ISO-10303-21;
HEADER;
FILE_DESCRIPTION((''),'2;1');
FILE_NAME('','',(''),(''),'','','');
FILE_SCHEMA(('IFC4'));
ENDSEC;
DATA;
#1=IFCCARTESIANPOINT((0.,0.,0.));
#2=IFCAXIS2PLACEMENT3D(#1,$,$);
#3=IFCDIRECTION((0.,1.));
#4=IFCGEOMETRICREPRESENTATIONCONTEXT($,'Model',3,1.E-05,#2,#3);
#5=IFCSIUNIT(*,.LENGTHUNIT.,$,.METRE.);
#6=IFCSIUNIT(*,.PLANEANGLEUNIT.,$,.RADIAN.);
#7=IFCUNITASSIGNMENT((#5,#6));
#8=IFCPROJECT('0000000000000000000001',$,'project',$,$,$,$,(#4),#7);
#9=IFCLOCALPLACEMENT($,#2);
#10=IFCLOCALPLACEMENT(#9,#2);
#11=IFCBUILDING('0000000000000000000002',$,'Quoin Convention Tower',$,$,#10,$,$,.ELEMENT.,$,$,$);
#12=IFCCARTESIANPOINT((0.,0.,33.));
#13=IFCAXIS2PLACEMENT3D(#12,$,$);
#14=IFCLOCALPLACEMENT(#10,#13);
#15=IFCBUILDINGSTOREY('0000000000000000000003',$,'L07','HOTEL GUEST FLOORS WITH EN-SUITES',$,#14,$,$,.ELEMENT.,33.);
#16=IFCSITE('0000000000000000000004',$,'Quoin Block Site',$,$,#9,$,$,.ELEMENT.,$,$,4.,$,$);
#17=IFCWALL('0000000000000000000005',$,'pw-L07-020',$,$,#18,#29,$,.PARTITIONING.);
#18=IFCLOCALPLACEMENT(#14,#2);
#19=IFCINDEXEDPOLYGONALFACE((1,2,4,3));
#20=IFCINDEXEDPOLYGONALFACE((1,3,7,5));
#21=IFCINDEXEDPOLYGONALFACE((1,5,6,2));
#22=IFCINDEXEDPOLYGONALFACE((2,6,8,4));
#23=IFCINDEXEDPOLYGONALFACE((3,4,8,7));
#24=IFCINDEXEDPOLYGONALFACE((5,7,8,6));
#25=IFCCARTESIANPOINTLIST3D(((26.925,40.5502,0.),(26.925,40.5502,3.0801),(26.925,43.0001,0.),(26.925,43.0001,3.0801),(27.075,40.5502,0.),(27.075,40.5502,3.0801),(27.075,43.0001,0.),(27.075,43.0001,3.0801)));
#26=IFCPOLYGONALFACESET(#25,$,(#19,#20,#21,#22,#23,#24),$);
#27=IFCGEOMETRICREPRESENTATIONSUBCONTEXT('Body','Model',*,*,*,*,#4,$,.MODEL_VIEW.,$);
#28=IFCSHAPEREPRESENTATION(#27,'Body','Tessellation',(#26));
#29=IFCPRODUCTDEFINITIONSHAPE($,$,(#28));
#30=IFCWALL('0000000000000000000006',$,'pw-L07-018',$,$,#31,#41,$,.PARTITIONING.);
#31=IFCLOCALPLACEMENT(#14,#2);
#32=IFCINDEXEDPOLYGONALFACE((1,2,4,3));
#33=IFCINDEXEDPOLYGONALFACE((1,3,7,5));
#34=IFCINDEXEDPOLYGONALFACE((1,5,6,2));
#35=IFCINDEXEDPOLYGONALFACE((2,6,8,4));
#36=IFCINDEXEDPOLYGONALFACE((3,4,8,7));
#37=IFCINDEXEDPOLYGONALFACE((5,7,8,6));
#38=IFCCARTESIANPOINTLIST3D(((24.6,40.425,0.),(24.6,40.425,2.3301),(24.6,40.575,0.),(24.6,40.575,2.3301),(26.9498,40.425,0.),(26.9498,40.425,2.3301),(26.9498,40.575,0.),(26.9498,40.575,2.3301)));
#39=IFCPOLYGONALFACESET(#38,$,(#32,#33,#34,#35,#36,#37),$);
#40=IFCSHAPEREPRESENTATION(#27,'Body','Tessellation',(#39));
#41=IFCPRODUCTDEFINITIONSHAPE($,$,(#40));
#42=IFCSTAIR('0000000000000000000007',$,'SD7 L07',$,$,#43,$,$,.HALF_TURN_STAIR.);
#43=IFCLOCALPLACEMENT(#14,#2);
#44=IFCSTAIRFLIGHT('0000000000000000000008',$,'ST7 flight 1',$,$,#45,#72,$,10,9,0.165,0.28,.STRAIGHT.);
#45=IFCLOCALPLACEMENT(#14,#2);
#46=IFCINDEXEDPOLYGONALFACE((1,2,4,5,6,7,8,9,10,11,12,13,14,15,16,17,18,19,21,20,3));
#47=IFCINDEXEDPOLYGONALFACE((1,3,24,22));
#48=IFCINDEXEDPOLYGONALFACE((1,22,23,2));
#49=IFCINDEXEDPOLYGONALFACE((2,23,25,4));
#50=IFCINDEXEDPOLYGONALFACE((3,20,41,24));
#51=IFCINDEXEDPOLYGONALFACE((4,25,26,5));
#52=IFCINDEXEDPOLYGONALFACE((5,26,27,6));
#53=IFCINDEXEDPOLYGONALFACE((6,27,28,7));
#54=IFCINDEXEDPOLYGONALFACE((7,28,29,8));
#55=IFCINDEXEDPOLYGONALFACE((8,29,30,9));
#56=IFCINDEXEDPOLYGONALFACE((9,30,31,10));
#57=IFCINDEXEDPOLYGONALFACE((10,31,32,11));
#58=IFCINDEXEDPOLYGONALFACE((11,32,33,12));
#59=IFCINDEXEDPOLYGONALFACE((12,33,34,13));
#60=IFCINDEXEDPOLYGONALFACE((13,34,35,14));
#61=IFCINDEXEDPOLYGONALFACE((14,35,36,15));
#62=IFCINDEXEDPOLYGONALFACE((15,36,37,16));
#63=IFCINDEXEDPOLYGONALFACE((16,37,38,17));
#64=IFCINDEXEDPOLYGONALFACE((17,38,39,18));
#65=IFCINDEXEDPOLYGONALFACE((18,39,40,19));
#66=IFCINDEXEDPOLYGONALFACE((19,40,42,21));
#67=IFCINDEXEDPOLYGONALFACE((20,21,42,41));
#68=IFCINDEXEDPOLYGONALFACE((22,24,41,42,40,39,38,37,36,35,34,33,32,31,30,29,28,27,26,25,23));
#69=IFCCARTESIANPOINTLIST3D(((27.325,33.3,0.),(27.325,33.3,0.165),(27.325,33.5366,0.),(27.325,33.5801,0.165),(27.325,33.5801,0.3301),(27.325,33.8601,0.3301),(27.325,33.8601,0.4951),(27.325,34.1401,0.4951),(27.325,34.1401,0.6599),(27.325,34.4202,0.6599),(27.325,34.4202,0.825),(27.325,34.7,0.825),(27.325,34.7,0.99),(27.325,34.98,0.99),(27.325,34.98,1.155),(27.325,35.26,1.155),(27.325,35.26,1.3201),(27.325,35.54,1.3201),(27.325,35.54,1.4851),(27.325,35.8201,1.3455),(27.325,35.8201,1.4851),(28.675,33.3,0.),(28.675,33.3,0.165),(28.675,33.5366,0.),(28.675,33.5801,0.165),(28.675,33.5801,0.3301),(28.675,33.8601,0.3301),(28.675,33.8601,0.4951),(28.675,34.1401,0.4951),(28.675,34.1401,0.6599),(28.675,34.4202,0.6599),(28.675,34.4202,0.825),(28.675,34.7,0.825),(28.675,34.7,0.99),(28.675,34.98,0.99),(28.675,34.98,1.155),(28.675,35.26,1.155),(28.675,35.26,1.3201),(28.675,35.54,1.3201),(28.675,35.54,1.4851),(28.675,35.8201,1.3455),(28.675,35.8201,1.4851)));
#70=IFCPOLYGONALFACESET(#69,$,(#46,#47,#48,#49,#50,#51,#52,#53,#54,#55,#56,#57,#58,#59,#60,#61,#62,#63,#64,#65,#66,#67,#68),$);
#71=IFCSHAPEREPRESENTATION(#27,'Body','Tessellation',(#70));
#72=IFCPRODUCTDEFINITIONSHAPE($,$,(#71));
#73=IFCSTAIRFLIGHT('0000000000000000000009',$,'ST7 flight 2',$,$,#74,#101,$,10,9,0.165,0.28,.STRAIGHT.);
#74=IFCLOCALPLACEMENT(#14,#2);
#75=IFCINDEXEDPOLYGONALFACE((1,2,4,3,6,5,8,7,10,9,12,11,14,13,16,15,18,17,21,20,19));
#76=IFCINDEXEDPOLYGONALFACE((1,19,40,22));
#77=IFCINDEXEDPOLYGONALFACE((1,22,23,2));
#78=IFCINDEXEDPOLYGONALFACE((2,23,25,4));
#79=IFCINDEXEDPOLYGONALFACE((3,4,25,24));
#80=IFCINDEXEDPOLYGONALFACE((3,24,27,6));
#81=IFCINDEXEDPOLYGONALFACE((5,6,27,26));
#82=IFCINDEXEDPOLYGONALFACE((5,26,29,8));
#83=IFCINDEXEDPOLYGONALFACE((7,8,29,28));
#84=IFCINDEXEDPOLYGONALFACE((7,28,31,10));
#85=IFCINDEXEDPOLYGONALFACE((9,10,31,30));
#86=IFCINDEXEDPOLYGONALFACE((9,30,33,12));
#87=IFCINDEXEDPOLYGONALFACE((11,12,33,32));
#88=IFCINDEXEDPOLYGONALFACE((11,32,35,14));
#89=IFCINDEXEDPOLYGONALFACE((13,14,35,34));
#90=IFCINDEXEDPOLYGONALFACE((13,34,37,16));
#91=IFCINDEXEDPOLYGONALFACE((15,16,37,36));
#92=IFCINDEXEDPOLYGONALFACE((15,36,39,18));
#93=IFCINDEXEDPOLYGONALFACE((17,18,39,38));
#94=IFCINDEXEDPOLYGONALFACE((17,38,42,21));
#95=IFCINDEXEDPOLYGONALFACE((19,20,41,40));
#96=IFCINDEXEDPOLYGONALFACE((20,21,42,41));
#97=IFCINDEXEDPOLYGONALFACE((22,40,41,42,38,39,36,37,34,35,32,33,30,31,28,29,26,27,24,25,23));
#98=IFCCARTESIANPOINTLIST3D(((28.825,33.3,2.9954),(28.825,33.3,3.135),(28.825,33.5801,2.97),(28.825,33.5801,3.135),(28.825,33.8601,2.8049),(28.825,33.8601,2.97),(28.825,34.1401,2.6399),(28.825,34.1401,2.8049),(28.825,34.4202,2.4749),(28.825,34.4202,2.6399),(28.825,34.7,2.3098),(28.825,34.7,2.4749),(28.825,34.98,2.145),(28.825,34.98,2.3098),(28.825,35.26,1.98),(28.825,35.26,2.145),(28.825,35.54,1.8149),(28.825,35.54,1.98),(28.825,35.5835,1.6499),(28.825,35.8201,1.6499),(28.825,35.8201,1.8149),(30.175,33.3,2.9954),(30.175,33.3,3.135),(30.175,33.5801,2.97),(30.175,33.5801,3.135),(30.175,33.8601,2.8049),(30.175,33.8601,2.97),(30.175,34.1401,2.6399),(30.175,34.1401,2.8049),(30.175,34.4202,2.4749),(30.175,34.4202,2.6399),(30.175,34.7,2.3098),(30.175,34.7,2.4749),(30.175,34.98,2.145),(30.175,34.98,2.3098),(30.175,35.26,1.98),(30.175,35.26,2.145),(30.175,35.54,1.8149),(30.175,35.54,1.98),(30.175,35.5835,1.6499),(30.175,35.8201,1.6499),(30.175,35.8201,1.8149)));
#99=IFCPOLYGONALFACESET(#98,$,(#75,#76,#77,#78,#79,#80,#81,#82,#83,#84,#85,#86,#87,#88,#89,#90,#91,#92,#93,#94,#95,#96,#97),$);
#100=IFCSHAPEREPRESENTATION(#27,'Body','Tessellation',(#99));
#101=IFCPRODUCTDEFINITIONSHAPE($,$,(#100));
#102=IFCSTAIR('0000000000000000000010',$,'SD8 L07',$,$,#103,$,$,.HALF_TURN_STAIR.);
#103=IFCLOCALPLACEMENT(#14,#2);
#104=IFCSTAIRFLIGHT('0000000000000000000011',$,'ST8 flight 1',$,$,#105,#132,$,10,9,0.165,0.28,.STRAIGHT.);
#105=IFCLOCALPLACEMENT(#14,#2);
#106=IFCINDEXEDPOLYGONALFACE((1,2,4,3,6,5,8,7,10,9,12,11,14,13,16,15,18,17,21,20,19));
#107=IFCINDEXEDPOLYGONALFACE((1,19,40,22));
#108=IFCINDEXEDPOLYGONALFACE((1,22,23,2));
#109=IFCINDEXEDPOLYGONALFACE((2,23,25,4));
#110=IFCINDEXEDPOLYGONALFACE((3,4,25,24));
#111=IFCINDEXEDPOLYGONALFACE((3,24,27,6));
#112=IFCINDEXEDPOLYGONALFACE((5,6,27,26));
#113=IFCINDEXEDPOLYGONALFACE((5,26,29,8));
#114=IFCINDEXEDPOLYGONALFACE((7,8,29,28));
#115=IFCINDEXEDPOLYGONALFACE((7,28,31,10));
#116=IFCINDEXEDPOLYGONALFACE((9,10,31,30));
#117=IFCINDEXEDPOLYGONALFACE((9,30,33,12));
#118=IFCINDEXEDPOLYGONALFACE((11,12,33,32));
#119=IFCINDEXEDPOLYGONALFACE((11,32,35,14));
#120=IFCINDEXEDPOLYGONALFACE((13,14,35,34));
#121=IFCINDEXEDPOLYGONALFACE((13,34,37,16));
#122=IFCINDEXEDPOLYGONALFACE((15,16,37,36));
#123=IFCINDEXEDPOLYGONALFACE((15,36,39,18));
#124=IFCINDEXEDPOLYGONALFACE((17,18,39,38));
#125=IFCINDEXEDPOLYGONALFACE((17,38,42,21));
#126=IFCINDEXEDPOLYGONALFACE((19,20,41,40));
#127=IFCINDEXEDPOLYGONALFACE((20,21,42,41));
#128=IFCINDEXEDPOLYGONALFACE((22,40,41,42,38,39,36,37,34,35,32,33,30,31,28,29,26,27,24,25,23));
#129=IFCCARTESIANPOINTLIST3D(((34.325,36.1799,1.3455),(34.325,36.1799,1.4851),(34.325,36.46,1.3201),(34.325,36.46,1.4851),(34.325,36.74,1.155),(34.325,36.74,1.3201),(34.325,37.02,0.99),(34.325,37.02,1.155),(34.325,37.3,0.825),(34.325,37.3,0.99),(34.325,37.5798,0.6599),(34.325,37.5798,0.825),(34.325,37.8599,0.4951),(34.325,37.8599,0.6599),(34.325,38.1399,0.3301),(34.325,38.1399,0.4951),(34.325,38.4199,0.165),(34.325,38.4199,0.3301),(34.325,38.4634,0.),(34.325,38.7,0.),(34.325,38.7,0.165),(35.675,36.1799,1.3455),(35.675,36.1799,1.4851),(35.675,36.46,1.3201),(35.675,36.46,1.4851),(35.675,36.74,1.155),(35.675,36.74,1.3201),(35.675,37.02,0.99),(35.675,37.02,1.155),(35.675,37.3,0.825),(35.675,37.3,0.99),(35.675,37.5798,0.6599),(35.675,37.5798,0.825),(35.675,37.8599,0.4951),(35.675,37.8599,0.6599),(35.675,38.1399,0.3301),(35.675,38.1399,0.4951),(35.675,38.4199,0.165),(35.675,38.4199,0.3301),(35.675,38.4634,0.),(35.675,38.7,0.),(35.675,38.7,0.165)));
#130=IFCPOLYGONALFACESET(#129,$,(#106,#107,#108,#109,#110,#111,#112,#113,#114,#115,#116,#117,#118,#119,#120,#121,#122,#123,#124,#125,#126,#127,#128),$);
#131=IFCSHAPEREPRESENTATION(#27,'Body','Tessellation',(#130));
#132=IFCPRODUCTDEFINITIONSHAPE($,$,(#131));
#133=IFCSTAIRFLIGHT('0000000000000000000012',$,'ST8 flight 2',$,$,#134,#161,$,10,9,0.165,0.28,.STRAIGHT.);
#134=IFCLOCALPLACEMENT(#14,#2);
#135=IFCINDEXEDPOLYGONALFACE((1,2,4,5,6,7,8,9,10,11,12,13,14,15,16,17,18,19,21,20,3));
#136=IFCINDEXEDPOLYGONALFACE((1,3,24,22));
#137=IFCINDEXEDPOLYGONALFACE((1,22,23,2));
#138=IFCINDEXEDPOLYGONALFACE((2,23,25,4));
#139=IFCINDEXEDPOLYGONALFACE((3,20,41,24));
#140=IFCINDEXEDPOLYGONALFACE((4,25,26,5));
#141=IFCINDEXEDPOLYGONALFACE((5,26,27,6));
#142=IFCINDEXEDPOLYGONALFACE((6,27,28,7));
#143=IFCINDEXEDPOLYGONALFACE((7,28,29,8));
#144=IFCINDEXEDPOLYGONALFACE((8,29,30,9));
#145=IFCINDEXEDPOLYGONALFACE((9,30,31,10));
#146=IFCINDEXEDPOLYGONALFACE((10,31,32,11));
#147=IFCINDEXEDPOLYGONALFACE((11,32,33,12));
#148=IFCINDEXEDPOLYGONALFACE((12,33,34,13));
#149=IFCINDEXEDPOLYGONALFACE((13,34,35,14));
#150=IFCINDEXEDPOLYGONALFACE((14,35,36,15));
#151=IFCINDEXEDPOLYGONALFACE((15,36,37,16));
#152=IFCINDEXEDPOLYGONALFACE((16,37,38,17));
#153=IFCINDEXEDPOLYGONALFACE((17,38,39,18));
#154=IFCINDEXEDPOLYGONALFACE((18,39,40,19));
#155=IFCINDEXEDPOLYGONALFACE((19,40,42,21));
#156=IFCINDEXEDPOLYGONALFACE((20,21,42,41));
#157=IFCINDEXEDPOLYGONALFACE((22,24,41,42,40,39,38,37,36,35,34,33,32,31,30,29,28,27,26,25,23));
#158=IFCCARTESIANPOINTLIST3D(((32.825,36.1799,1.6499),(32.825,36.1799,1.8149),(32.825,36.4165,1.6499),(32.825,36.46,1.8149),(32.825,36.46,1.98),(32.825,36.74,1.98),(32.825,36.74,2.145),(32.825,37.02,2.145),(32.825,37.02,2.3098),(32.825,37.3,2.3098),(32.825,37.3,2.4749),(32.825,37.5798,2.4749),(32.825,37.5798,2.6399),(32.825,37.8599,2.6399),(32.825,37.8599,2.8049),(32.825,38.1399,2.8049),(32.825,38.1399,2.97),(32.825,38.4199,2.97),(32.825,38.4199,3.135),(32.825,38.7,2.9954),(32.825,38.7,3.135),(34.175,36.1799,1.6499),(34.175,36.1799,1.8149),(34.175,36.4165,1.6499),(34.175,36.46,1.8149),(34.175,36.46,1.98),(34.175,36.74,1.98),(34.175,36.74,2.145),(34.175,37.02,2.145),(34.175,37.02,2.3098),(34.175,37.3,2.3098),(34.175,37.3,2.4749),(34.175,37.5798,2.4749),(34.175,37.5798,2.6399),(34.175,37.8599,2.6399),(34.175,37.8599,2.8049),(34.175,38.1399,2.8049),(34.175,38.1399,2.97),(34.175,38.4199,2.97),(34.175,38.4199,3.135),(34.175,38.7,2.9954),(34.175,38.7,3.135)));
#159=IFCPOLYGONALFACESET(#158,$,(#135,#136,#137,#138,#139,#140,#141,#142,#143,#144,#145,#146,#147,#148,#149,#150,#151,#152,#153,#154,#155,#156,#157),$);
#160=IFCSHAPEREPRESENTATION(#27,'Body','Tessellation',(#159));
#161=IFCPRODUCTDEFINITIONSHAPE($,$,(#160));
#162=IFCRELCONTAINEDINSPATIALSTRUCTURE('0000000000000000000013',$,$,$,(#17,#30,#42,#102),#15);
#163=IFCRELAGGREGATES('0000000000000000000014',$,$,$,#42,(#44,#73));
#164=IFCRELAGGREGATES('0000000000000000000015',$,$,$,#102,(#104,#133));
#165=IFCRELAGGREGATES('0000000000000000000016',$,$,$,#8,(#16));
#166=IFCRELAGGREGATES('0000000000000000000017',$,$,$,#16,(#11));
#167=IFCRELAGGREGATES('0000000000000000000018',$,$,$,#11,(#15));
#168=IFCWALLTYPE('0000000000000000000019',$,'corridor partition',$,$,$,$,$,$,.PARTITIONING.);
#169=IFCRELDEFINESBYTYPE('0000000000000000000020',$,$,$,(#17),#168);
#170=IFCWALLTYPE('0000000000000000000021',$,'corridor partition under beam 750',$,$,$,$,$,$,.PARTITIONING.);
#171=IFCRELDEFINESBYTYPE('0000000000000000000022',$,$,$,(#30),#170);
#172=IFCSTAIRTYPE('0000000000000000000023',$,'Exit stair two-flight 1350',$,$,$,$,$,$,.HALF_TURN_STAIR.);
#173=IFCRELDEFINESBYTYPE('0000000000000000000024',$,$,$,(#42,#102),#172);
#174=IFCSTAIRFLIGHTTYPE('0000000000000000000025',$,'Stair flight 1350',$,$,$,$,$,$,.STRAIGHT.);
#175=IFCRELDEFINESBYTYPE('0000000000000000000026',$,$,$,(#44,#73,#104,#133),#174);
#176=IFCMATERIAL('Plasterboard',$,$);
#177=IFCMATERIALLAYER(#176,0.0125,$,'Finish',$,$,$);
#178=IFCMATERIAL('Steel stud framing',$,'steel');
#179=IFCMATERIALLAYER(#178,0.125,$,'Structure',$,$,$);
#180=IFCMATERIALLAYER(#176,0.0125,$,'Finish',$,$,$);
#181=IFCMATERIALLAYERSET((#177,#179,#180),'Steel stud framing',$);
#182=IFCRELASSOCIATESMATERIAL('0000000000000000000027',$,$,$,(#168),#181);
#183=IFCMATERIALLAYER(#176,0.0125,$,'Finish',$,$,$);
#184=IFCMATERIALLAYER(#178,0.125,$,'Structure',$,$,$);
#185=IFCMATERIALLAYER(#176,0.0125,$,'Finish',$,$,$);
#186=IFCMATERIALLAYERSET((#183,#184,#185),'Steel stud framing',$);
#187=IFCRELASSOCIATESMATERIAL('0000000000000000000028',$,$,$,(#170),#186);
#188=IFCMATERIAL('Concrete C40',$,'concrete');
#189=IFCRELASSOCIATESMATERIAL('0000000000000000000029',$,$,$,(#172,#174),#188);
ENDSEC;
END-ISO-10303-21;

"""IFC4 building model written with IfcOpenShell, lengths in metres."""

from ifc_helpers import new_model, si_unit, direction, frame, frame_2d, origin, place, context, subcontext, project, spatial, polyline, rectangle, outline, extrude, material, layer, layer_set, type_object, element, aggregate, save


model = new_model("IFC4")

# Units and contexts
model_context = context("Model", 3, precision=1e-05, world=origin(), true_north=direction((0.0, 1.0)))
body_context = subcontext(model_context, "Body", "Model", "MODEL_VIEW")
ifc_project = project(units=[si_unit("LENGTHUNIT", "METRE"), si_unit("PLANEANGLEUNIT", "RADIAN")], contexts=[model_context])

# Site, building, storey
site_placement = place(None, origin())
site = spatial("IfcSite", under=ifc_project, at=site_placement, Name="Quoin Block Site", CompositionType="ELEMENT", RefElevation=4.0)
building_placement = place(site_placement, origin())
building = spatial("IfcBuilding", under=site, at=building_placement, Name="Quoin Convention Tower", CompositionType="ELEMENT")
storey_placement = place(building_placement, frame((0.0, 0.0, 33.0)))
storey = spatial("IfcBuildingStorey", under=building, at=storey_placement, Name="L07", Description="HOTEL GUEST FLOORS WITH EN-SUITES", CompositionType="ELEMENT", Elevation=33.0)

# Walls
ifc_material_1 = material(Name="Plasterboard")
ifc_layer_1 = layer(ifc_material_1, 0.0125, Name="Finish")
ifc_material_2 = material(Name="Steel stud framing", Category="steel")
ifc_layer_2 = layer(ifc_material_2, 0.125, Name="Structure")
ifc_layer_3 = layer(ifc_material_1, 0.0125, Name="Finish")
ifc_layer_set_1 = layer_set([ifc_layer_1, ifc_layer_2, ifc_layer_3], Name="Steel stud framing")
wall_type_1 = type_object("IfcWallType", Name="corridor partition", PredefinedType="PARTITIONING", material=ifc_layer_set_1)
wall_1_placement = place(storey_placement, frame((27.0, 40.55, 0.0), z_axis=(0.0, 0.0, 1.0), x_axis=(0.0, 1.0, 0.0)))
element("IfcWall", 1, at=wall_1_placement, inside=storey, type_object=wall_type_1, Name="pw-L07-020", PredefinedType="PARTITIONING", context=body_context, shape_type="SweptSolid", body=[
    extrude(rectangle(XDim=2.45, YDim=0.1499, at=frame_2d((1.2251, 0.0))), origin(), (0.0, 0.0, 1.0), 3.0801),
])
ifc_layer_4 = layer(ifc_material_1, 0.0125, Name="Finish")
ifc_layer_5 = layer(ifc_material_2, 0.125, Name="Structure")
ifc_layer_6 = layer(ifc_material_1, 0.0125, Name="Finish")
ifc_layer_set_2 = layer_set([ifc_layer_4, ifc_layer_5, ifc_layer_6], Name="Steel stud framing")
wall_type_2 = type_object("IfcWallType", Name="corridor partition under beam 750", PredefinedType="PARTITIONING", material=ifc_layer_set_2)
wall_2_placement = place(storey_placement, frame((24.6001, 40.5, 0.0), z_axis=(0.0, 0.0, 1.0), x_axis=(1.0, 0.0, 0.0)))
element("IfcWall", 2, at=wall_2_placement, inside=storey, type_object=wall_type_2, Name="pw-L07-018", PredefinedType="PARTITIONING", context=body_context, shape_type="SweptSolid", body=[
    extrude(rectangle(XDim=2.3499, YDim=0.1499, at=frame_2d((1.1748, 0.0))), origin(), (0.0, 0.0, 1.0), 2.3301),
])

# Stairs, stair flights
ifc_material_3 = material(Name="Concrete C40", Category="concrete")
stair_type = type_object("IfcStairType", Name="Exit stair two-flight 1350", PredefinedType="HALF_TURN_STAIR", material=ifc_material_3)
stair_1_placement = place(storey_placement, origin())
stair_1 = element("IfcStair", 3, at=stair_1_placement, inside=storey, type_object=stair_type, Name="SD7 L07", PredefinedType="HALF_TURN_STAIR")
stair_flight_type = type_object("IfcStairFlightType", Name="Stair flight 1350", PredefinedType="STRAIGHT", material=ifc_material_3)
stair_flight_1_placement = place(storey_placement, frame((28.0, 33.3, 0.0), z_axis=(0.0, 0.0, 1.0), x_axis=(0.0, 1.0, 0.0)))
stair_flight_1 = element("IfcStairFlight", 4, at=stair_flight_1_placement, type_object=stair_flight_type, Name="ST7 flight 1", NumberOfRisers=10, NumberOfTreads=9, PredefinedType="STRAIGHT", RiserHeight=0.165, TreadLength=0.28, context=body_context, shape_type="SweptSolid", body=[
    extrude(outline(polyline([(0.0, 0.0), (0.0, 0.165), (0.28, 0.165), (0.28, 0.3301), (0.5601, 0.3301), (0.5601, 0.4951), (0.8401, 0.4951), (0.8401, 0.6599), (1.1201, 0.6599), (1.1201, 0.825), (1.3999, 0.825), (1.3999, 0.99), (1.6799, 0.99), (1.6799, 1.155), (1.96, 1.155), (1.96, 1.3201), (2.24, 1.3201), (2.24, 1.4851), (2.52, 1.4851), (2.52, 1.6499), (2.52, 1.3455), (0.2366, 0.0), (0.0, 0.0)])), frame((0.0, 0.675, 0.0), z_axis=(0.0, -1.0, 0.0), x_axis=(1.0, 0.0, 0.0)), (0.0, 0.0, 1.0), 1.3501),
])
stair_flight_2_placement = place(storey_placement, frame((29.5, 35.8201, 1.6499), z_axis=(0.0, 0.0, 1.0), x_axis=(0.0, -1.0, 0.0)))
stair_flight_2 = element("IfcStairFlight", 5, at=stair_flight_2_placement, type_object=stair_flight_type, Name="ST7 flight 2", NumberOfRisers=10, NumberOfTreads=9, PredefinedType="STRAIGHT", RiserHeight=0.165, TreadLength=0.28, context=body_context, shape_type="SweptSolid", body=[
    extrude(outline(polyline([(0.0, 0.0), (0.0, 0.165), (0.28, 0.165), (0.28, 0.3301), (0.5601, 0.3301), (0.5601, 0.4951), (0.8401, 0.4951), (0.8401, 0.6599), (1.1201, 0.6599), (1.1201, 0.825), (1.3999, 0.825), (1.3999, 0.99), (1.6799, 0.99), (1.6799, 1.155), (1.96, 1.155), (1.96, 1.3201), (2.24, 1.3201), (2.24, 1.4851), (2.52, 1.4851), (2.52, 1.6499), (2.52, 1.3455), (0.2366, 0.0), (0.0, 0.0)])), frame((0.0, 0.675, 0.0), z_axis=(0.0, -1.0, 0.0), x_axis=(1.0, 0.0, 0.0)), (0.0, 0.0, 1.0), 1.3501),
])
aggregate(stair_1, [stair_flight_1, stair_flight_2])
stair_2_placement = place(storey_placement, origin())
stair_2 = element("IfcStair", 6, at=stair_2_placement, inside=storey, type_object=stair_type, Name="SD8 L07", PredefinedType="HALF_TURN_STAIR")
stair_flight_3_placement = place(storey_placement, frame((35.0, 38.7, 0.0), z_axis=(0.0, 0.0, 1.0), x_axis=(0.0, -1.0, 0.0)))
stair_flight_3 = element("IfcStairFlight", 7, at=stair_flight_3_placement, type_object=stair_flight_type, Name="ST8 flight 1", NumberOfRisers=10, NumberOfTreads=9, PredefinedType="STRAIGHT", RiserHeight=0.165, TreadLength=0.28, context=body_context, shape_type="SweptSolid", body=[
    extrude(outline(polyline([(0.0, 0.0), (0.0, 0.165), (0.28, 0.165), (0.28, 0.3301), (0.5601, 0.3301), (0.5601, 0.4951), (0.8401, 0.4951), (0.8401, 0.6599), (1.1201, 0.6599), (1.1201, 0.825), (1.3999, 0.825), (1.3999, 0.99), (1.6799, 0.99), (1.6799, 1.155), (1.96, 1.155), (1.96, 1.3201), (2.24, 1.3201), (2.24, 1.4851), (2.52, 1.4851), (2.52, 1.6499), (2.52, 1.3455), (0.2366, 0.0), (0.0, 0.0)])), frame((0.0, 0.675, 0.0), z_axis=(0.0, -1.0, 0.0), x_axis=(1.0, 0.0, 0.0)), (0.0, 0.0, 1.0), 1.3501),
])
stair_flight_4_placement = place(storey_placement, frame((33.5, 36.1799, 1.6499), z_axis=(0.0, 0.0, 1.0), x_axis=(0.0, 1.0, 0.0)))
stair_flight_4 = element("IfcStairFlight", 8, at=stair_flight_4_placement, type_object=stair_flight_type, Name="ST8 flight 2", NumberOfRisers=10, NumberOfTreads=9, PredefinedType="STRAIGHT", RiserHeight=0.165, TreadLength=0.28, context=body_context, shape_type="SweptSolid", body=[
    extrude(outline(polyline([(0.0, 0.0), (0.0, 0.165), (0.28, 0.165), (0.28, 0.3301), (0.5601, 0.3301), (0.5601, 0.4951), (0.8401, 0.4951), (0.8401, 0.6599), (1.1201, 0.6599), (1.1201, 0.825), (1.3999, 0.825), (1.3999, 0.99), (1.6799, 0.99), (1.6799, 1.155), (1.96, 1.155), (1.96, 1.3201), (2.24, 1.3201), (2.24, 1.4851), (2.52, 1.4851), (2.52, 1.6499), (2.52, 1.3455), (0.2366, 0.0), (0.0, 0.0)])), frame((0.0, 0.675, 0.0), z_axis=(0.0, -1.0, 0.0), x_axis=(1.0, 0.0, 0.0)), (0.0, 0.0, 1.0), 1.3501),
])
aggregate(stair_2, [stair_flight_3, stair_flight_4])

save(model, "model.ifc")
